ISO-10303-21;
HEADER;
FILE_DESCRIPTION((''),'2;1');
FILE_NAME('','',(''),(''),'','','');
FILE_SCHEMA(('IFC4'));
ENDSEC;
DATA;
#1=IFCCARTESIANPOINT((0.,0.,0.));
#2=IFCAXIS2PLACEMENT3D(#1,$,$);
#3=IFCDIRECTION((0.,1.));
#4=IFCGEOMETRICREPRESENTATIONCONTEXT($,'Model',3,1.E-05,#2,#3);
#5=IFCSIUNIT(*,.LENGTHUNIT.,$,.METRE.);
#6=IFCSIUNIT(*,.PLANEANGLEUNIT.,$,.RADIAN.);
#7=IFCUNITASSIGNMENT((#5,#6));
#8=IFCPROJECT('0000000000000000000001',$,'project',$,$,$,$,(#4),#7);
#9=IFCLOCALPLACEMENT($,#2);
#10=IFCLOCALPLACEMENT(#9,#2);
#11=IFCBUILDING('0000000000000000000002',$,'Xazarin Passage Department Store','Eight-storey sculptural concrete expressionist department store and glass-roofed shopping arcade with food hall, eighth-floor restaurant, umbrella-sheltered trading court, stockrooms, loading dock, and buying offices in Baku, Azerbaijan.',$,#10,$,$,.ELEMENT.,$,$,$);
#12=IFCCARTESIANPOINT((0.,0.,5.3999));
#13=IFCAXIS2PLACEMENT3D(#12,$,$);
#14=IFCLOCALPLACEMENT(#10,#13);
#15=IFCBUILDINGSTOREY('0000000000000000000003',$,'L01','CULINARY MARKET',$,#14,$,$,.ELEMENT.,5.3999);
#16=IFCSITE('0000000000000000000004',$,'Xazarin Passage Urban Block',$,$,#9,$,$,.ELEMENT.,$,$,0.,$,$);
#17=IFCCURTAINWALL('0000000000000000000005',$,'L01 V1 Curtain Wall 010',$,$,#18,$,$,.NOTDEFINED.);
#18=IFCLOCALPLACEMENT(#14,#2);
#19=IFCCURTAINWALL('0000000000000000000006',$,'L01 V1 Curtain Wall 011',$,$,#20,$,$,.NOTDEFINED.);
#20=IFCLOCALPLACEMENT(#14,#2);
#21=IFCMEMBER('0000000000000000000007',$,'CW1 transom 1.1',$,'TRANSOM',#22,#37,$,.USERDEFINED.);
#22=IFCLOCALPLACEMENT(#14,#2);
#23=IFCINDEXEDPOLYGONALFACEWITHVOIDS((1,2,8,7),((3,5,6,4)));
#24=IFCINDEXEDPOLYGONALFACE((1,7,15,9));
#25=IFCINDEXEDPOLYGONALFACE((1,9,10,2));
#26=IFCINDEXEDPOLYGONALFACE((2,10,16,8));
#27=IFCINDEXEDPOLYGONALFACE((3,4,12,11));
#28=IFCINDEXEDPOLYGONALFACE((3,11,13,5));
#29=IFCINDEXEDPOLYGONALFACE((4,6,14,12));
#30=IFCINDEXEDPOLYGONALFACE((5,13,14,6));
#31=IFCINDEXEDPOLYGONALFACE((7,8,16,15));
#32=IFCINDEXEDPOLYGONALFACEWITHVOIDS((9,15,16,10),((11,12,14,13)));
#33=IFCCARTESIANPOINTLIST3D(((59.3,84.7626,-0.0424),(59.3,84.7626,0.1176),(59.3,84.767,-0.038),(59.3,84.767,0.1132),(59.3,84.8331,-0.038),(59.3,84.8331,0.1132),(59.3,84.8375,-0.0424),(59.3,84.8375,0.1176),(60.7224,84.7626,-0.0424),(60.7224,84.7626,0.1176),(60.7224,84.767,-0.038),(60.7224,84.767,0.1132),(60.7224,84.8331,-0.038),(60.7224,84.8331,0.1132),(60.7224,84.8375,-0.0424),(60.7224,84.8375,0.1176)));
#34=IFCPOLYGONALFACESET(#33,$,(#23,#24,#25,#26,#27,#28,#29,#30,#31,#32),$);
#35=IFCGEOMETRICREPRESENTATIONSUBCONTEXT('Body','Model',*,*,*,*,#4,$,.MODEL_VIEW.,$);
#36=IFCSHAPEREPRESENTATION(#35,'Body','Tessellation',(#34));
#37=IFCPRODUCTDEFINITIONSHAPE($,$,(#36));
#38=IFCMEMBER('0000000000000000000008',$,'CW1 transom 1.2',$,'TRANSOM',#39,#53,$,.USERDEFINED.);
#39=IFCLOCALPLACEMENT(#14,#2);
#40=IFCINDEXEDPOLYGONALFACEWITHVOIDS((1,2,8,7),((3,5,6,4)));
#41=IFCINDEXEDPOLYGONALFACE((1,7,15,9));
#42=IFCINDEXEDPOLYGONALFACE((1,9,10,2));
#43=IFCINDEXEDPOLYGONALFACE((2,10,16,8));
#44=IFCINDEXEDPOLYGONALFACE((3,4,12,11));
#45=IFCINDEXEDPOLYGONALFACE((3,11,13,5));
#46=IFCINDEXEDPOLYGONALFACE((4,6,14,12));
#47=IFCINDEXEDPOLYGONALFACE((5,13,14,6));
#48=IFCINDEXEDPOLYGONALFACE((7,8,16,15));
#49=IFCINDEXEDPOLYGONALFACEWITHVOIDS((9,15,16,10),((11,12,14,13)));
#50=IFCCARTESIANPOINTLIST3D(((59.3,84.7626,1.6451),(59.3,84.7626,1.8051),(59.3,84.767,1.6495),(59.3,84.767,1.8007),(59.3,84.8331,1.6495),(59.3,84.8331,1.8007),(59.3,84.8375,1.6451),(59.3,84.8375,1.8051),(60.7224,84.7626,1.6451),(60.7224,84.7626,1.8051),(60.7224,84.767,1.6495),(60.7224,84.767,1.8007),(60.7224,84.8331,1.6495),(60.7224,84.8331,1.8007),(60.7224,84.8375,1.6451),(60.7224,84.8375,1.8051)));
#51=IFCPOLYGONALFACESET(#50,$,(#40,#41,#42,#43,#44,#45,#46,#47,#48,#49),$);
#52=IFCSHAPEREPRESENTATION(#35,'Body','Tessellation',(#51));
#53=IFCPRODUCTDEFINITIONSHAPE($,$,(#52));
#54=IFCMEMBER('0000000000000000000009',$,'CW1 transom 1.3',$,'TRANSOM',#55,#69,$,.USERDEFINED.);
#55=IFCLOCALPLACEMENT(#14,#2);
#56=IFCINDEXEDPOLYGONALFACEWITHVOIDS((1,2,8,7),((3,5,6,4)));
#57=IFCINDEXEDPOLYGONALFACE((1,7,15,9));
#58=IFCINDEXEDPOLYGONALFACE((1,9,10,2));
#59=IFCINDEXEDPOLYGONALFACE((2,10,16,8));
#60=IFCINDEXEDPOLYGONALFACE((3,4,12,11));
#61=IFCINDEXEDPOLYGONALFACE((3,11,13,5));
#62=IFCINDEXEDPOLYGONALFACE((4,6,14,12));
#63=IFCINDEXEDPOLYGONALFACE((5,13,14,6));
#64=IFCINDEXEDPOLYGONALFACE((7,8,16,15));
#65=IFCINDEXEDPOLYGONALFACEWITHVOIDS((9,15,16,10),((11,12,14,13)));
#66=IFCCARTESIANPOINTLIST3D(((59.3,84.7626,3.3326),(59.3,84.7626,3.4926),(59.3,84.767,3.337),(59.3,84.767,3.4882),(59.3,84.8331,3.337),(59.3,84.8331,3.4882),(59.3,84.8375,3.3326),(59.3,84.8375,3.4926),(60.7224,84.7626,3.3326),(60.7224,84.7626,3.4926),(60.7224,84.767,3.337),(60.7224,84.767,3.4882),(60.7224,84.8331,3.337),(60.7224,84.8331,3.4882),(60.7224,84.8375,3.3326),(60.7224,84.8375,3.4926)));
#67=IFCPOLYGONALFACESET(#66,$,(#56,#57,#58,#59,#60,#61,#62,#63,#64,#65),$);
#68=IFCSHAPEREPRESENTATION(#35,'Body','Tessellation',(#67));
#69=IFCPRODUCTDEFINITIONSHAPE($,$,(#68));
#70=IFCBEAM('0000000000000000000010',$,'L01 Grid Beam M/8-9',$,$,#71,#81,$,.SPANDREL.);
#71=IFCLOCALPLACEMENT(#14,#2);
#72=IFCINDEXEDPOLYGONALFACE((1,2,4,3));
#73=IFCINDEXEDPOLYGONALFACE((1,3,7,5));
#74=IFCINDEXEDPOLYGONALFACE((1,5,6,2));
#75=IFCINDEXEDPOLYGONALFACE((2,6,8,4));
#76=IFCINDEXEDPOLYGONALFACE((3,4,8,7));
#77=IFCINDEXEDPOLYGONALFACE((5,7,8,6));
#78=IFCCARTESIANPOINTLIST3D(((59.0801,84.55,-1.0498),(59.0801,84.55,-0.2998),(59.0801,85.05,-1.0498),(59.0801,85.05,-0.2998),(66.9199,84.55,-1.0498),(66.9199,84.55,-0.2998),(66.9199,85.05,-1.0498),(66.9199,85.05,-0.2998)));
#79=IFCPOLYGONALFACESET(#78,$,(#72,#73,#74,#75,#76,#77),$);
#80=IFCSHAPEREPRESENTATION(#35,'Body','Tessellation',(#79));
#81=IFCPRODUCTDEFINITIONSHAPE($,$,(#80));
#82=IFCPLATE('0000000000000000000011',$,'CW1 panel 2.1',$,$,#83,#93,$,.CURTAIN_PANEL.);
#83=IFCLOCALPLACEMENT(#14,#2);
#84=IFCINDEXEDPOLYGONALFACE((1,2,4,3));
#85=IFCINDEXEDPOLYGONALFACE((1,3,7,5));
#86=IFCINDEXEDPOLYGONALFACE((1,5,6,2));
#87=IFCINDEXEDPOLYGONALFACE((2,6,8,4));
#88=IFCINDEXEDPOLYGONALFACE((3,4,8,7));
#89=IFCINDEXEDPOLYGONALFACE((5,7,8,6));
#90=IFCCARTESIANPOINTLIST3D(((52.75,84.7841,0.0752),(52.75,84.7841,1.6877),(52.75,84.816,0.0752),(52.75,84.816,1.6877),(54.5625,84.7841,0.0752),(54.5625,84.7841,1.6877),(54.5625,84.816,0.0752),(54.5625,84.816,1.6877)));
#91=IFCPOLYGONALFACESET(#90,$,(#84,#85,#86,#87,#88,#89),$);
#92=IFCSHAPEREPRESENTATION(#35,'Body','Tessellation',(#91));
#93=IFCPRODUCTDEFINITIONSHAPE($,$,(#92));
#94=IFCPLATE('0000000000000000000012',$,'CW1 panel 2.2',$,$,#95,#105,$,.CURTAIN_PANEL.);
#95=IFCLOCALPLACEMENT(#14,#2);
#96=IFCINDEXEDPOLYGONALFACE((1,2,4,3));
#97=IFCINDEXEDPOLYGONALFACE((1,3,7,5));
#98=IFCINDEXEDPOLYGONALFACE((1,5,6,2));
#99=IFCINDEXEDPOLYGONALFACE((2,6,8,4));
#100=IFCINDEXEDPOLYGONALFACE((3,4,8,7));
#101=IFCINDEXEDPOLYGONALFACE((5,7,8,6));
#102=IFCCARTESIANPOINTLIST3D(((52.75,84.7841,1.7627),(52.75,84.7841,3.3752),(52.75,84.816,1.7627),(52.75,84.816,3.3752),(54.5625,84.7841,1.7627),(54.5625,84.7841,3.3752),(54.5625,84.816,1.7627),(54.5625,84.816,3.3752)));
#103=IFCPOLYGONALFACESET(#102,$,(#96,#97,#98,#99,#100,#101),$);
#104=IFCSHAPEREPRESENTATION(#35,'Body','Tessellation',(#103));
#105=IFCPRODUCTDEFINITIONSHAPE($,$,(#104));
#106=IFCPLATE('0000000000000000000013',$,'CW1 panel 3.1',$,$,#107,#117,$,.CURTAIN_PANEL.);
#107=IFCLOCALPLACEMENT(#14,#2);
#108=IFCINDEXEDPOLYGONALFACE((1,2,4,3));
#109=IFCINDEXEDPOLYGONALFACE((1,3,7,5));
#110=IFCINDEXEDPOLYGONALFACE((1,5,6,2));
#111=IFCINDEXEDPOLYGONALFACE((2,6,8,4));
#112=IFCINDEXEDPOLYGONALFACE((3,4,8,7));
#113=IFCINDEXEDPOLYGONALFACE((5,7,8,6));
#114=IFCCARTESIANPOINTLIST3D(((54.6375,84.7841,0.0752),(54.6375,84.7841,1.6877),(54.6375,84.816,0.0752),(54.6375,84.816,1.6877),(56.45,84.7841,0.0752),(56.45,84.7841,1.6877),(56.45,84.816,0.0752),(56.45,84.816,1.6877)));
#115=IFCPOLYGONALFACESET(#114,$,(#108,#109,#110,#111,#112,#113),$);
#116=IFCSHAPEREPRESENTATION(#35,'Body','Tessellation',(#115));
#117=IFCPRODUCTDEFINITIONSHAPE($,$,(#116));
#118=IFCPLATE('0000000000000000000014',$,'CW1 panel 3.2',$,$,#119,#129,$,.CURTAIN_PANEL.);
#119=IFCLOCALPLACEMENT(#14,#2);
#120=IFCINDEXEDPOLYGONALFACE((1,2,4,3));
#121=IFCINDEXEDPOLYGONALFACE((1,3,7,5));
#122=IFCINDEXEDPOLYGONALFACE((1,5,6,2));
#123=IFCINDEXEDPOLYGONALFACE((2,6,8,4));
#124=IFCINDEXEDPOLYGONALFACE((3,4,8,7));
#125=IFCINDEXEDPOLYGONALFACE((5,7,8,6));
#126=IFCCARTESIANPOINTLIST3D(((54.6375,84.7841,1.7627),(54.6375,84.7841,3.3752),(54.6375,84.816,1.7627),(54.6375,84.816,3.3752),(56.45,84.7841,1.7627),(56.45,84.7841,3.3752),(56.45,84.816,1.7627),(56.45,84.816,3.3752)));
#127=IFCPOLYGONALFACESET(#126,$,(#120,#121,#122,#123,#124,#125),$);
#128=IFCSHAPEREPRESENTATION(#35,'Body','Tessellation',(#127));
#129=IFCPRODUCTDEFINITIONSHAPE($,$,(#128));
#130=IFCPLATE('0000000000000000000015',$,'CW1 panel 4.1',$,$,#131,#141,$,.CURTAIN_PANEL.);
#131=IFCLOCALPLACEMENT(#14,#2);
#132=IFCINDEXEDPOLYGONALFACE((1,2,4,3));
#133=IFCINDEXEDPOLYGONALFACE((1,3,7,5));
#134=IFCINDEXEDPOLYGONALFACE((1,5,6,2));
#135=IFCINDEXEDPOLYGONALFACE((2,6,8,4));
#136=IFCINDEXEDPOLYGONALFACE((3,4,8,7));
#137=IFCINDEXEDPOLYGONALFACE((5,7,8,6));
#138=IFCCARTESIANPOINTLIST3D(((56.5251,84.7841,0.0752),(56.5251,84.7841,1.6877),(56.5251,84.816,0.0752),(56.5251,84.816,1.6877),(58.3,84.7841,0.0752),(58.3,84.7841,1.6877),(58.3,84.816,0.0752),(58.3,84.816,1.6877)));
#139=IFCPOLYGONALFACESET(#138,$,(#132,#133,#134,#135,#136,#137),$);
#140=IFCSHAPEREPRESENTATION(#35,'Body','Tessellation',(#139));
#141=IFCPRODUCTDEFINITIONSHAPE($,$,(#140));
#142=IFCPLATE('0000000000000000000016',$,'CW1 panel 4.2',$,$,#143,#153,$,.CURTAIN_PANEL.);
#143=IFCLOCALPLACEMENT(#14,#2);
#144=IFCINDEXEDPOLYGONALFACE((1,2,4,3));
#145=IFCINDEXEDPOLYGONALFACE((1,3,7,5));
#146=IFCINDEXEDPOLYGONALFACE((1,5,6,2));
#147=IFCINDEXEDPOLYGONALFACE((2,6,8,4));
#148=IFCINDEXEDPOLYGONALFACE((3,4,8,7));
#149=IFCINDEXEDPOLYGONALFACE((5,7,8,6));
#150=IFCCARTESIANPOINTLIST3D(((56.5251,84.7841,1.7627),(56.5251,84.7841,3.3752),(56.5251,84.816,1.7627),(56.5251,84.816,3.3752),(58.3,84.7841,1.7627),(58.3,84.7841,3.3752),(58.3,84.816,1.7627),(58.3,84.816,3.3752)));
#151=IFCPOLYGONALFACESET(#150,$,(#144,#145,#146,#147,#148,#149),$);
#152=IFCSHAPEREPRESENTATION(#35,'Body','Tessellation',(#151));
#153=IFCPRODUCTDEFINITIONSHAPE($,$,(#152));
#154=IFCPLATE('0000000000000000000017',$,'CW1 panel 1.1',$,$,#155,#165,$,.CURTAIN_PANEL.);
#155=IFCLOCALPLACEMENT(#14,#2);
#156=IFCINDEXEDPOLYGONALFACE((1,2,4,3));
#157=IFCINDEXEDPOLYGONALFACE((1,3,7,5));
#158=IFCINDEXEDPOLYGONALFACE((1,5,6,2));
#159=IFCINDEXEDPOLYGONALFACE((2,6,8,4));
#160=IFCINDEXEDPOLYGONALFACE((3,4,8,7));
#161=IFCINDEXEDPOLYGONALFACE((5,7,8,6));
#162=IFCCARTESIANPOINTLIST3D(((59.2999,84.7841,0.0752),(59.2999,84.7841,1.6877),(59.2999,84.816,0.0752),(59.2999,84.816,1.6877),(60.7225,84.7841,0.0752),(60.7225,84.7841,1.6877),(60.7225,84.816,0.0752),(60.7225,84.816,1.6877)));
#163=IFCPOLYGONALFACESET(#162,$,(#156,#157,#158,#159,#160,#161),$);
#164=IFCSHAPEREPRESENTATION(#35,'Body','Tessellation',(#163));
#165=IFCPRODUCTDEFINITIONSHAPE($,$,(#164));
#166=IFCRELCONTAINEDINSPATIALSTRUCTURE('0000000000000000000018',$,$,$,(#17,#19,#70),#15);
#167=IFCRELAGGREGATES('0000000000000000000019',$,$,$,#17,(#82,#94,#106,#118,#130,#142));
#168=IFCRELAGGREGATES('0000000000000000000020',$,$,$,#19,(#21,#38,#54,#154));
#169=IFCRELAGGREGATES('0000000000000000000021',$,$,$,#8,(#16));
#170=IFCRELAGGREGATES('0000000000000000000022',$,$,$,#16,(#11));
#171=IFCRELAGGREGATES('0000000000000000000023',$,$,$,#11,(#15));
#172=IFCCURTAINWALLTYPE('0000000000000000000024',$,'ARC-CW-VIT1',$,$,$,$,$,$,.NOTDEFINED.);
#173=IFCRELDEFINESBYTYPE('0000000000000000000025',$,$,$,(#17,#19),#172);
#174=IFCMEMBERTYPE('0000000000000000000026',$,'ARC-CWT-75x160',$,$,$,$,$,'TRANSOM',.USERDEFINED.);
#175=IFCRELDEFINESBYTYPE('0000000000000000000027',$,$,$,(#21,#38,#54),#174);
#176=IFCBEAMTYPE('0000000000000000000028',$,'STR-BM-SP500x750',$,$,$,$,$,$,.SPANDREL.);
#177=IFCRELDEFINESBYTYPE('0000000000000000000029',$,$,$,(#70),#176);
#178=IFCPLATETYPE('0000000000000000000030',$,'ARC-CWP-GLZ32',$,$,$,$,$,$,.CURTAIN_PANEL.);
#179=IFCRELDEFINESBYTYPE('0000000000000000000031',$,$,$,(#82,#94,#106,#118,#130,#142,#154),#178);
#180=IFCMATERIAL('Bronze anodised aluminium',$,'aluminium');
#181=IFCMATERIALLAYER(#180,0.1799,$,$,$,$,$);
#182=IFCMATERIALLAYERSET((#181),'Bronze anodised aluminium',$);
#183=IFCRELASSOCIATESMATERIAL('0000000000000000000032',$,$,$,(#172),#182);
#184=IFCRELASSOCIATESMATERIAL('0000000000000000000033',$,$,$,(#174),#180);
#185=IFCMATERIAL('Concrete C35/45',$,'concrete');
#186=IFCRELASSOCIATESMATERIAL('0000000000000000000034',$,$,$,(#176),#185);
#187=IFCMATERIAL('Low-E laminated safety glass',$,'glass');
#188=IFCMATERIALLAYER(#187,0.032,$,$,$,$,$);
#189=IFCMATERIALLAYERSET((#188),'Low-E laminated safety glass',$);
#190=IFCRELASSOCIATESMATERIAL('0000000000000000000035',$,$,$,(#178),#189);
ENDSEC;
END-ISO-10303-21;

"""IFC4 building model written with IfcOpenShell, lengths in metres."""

from ifc_helpers import new_model, si_unit, direction, frame, origin, origin_2d, place, context, subcontext, project, spatial, rectangle, hollow_rectangle, extrude, material, layer, layer_set, material_profile, profile_set, type_object, element, aggregate, save


model = new_model("IFC4")

# Units and contexts
model_context = context("Model", 3, precision=1e-05, world=origin(), true_north=direction((0.0, 1.0)))
body_context = subcontext(model_context, "Body", "Model", "MODEL_VIEW")
ifc_project = project(units=[si_unit("LENGTHUNIT", "METRE"), si_unit("PLANEANGLEUNIT", "RADIAN")], contexts=[model_context])

# Site, building, storey
site_placement = place(None, origin())
site = spatial("IfcSite", under=ifc_project, at=site_placement, Name="Xazarin Passage Urban Block", CompositionType="ELEMENT", RefElevation=0.0)
building_placement = place(site_placement, origin())
building = spatial("IfcBuilding", under=site, at=building_placement, Name="Xazarin Passage Department Store", Description="Eight-storey sculptural concrete expressionist department store and glass-roofed shopping arcade with food hall, eighth-floor restaurant, umbrella-sheltered trading court, stockrooms, loading dock, and buying offices in Baku, Azerbaijan.", CompositionType="ELEMENT")
storey_placement = place(building_placement, frame((0.0, 0.0, 5.3999)))
storey = spatial("IfcBuildingStorey", under=building, at=storey_placement, Name="L01", Description="CULINARY MARKET", CompositionType="ELEMENT", Elevation=5.3999)

# Curtain wall
ifc_material_1 = material(Name="Bronze anodised aluminium", Category="aluminium")
ifc_layer_1 = layer(ifc_material_1, 0.1799)
ifc_layer_set_1 = layer_set([ifc_layer_1], Name="Bronze anodised aluminium")
curtain_wall_type = type_object("IfcCurtainWallType", Name="ARC-CW-VIT1", PredefinedType="NOTDEFINED", material=ifc_layer_set_1)
curtain_wall_1_placement = place(storey_placement, origin())
curtain_wall_1 = element("IfcCurtainWall", 1, at=curtain_wall_1_placement, inside=storey, type_object=curtain_wall_type, Name="L01 V1 Curtain Wall 010", PredefinedType="NOTDEFINED")

# Curtain wall
curtain_wall_2_placement = place(storey_placement, origin())
curtain_wall_2 = element("IfcCurtainWall", 2, at=curtain_wall_2_placement, inside=storey, type_object=curtain_wall_type, Name="L01 V1 Curtain Wall 011", PredefinedType="NOTDEFINED")

# Members
ifc_material_profile_1 = material_profile(ifc_material_1, hollow_rectangle(XDim=0.075, YDim=0.1599, WallThickness=0.0044, at=origin_2d()), Name="ALU 75x160")
ifc_profile_set_1 = profile_set([ifc_material_profile_1], Name="Bronze anodised aluminium")
member_type_1 = type_object("IfcMemberType", Name="ARC-CWT-75x160", ElementType="TRANSOM", PredefinedType="USERDEFINED", material=ifc_profile_set_1)
member_1_placement = place(storey_placement, frame((59.3, 84.8, 0.0376), z_axis=(1.0, 0.0, 0.0), x_axis=(0.0, 1.0, 0.0)))
member_1 = element("IfcMember", 3, at=member_1_placement, type_object=member_type_1, Name="CW1 transom 1.1", ObjectType="TRANSOM", PredefinedType="USERDEFINED", context=body_context, shape_type="SweptSolid", body=[
    extrude(hollow_rectangle(XDim=0.075, YDim=0.1599, WallThickness=0.0044, at=origin_2d()), origin(), (0.0, 0.0, 1.0), 1.4224),
])
member_2_placement = place(storey_placement, frame((59.3, 84.8, 1.7251), z_axis=(1.0, 0.0, 0.0), x_axis=(0.0, 1.0, 0.0)))
member_2 = element("IfcMember", 4, at=member_2_placement, type_object=member_type_1, Name="CW1 transom 1.2", ObjectType="TRANSOM", PredefinedType="USERDEFINED", context=body_context, shape_type="SweptSolid", body=[
    extrude(hollow_rectangle(XDim=0.075, YDim=0.1599, WallThickness=0.0044, at=origin_2d()), origin(), (0.0, 0.0, 1.0), 1.4224),
])
member_3_placement = place(storey_placement, frame((59.3, 84.8, 3.4126), z_axis=(1.0, 0.0, 0.0), x_axis=(0.0, 1.0, 0.0)))
member_3 = element("IfcMember", 5, at=member_3_placement, type_object=member_type_1, Name="CW1 transom 1.3", ObjectType="TRANSOM", PredefinedType="USERDEFINED", context=body_context, shape_type="SweptSolid", body=[
    extrude(hollow_rectangle(XDim=0.075, YDim=0.1599, WallThickness=0.0044, at=origin_2d()), origin(), (0.0, 0.0, 1.0), 1.4224),
])

# Beam
ifc_material_2 = material(Name="Concrete C35/45", Category="concrete")
ifc_material_profile_2 = material_profile(ifc_material_2, rectangle(XDim=0.5, YDim=0.75, at=origin_2d()), Name="RC 500x750")
ifc_profile_set_2 = profile_set([ifc_material_profile_2], Name="Concrete C35/45")
beam_type = type_object("IfcBeamType", Name="STR-BM-SP500x750", PredefinedType="SPANDREL", material=ifc_profile_set_2)
beam_placement = place(storey_placement, frame((59.0801, 84.8, -0.6748), z_axis=(1.0, 0.0, 0.0), x_axis=(0.0, 1.0, 0.0)))
element("IfcBeam", 6, at=beam_placement, inside=storey, type_object=beam_type, Name="L01 Grid Beam M/8-9", PredefinedType="SPANDREL", context=body_context, shape_type="SweptSolid", body=[
    extrude(rectangle(XDim=0.5, YDim=0.75, at=origin_2d()), origin(), (0.0, 0.0, 1.0), 7.8398),
])

# Plates
ifc_material_3 = material(Name="Low-E laminated safety glass", Category="glass")
ifc_layer_2 = layer(ifc_material_3, 0.032)
ifc_layer_set_2 = layer_set([ifc_layer_2], Name="Low-E laminated safety glass")
plate_type = type_object("IfcPlateType", Name="ARC-CWP-GLZ32", PredefinedType="CURTAIN_PANEL", material=ifc_layer_set_2)
plate_1_placement = place(storey_placement, frame((53.6562, 84.8, 0.0752), z_axis=(0.0, 0.0, 1.0), x_axis=(1.0, 0.0, 0.0)))
plate_1 = element("IfcPlate", 7, at=plate_1_placement, type_object=plate_type, Name="CW1 panel 2.1", PredefinedType="CURTAIN_PANEL", context=body_context, shape_type="SweptSolid", body=[
    extrude(rectangle(XDim=1.8125, YDim=0.032, at=origin_2d()), origin(), (0.0, 0.0, 1.0), 1.6125),
])
plate_2_placement = place(storey_placement, frame((53.6562, 84.8, 1.7627), z_axis=(0.0, 0.0, 1.0), x_axis=(1.0, 0.0, 0.0)))
plate_2 = element("IfcPlate", 8, at=plate_2_placement, type_object=plate_type, Name="CW1 panel 2.2", PredefinedType="CURTAIN_PANEL", context=body_context, shape_type="SweptSolid", body=[
    extrude(rectangle(XDim=1.8125, YDim=0.032, at=origin_2d()), origin(), (0.0, 0.0, 1.0), 1.6125),
])
plate_3_placement = place(storey_placement, frame((55.5437, 84.8, 0.0752), z_axis=(0.0, 0.0, 1.0), x_axis=(1.0, 0.0, 0.0)))
plate_3 = element("IfcPlate", 9, at=plate_3_placement, type_object=plate_type, Name="CW1 panel 3.1", PredefinedType="CURTAIN_PANEL", context=body_context, shape_type="SweptSolid", body=[
    extrude(rectangle(XDim=1.8125, YDim=0.032, at=origin_2d()), origin(), (0.0, 0.0, 1.0), 1.6125),
])
plate_4_placement = place(storey_placement, frame((55.5437, 84.8, 1.7627), z_axis=(0.0, 0.0, 1.0), x_axis=(1.0, 0.0, 0.0)))
plate_4 = element("IfcPlate", 10, at=plate_4_placement, type_object=plate_type, Name="CW1 panel 3.2", PredefinedType="CURTAIN_PANEL", context=body_context, shape_type="SweptSolid", body=[
    extrude(rectangle(XDim=1.8125, YDim=0.032, at=origin_2d()), origin(), (0.0, 0.0, 1.0), 1.6125),
])
plate_5_placement = place(storey_placement, frame((57.4126, 84.8, 0.0752), z_axis=(0.0, 0.0, 1.0), x_axis=(1.0, 0.0, 0.0)))
plate_5 = element("IfcPlate", 11, at=plate_5_placement, type_object=plate_type, Name="CW1 panel 4.1", PredefinedType="CURTAIN_PANEL", context=body_context, shape_type="SweptSolid", body=[
    extrude(rectangle(XDim=1.7749, YDim=0.032, at=origin_2d()), origin(), (0.0, 0.0, 1.0), 1.6125),
])
plate_6_placement = place(storey_placement, frame((57.4126, 84.8, 1.7627), z_axis=(0.0, 0.0, 1.0), x_axis=(1.0, 0.0, 0.0)))
plate_6 = element("IfcPlate", 12, at=plate_6_placement, type_object=plate_type, Name="CW1 panel 4.2", PredefinedType="CURTAIN_PANEL", context=body_context, shape_type="SweptSolid", body=[
    extrude(rectangle(XDim=1.7749, YDim=0.032, at=origin_2d()), origin(), (0.0, 0.0, 1.0), 1.6125),
])
aggregate(curtain_wall_1, [plate_1, plate_2, plate_3, plate_4, plate_5, plate_6])
plate_7_placement = place(storey_placement, frame((60.0112, 84.8, 0.0752), z_axis=(0.0, 0.0, 1.0), x_axis=(1.0, 0.0, 0.0)))
plate_7 = element("IfcPlate", 13, at=plate_7_placement, type_object=plate_type, Name="CW1 panel 1.1", PredefinedType="CURTAIN_PANEL", context=body_context, shape_type="SweptSolid", body=[
    extrude(rectangle(XDim=1.4226, YDim=0.032, at=origin_2d()), origin(), (0.0, 0.0, 1.0), 1.6125),
])
aggregate(curtain_wall_2, [member_1, member_2, member_3, plate_7])

save(model, "model.ifc")
